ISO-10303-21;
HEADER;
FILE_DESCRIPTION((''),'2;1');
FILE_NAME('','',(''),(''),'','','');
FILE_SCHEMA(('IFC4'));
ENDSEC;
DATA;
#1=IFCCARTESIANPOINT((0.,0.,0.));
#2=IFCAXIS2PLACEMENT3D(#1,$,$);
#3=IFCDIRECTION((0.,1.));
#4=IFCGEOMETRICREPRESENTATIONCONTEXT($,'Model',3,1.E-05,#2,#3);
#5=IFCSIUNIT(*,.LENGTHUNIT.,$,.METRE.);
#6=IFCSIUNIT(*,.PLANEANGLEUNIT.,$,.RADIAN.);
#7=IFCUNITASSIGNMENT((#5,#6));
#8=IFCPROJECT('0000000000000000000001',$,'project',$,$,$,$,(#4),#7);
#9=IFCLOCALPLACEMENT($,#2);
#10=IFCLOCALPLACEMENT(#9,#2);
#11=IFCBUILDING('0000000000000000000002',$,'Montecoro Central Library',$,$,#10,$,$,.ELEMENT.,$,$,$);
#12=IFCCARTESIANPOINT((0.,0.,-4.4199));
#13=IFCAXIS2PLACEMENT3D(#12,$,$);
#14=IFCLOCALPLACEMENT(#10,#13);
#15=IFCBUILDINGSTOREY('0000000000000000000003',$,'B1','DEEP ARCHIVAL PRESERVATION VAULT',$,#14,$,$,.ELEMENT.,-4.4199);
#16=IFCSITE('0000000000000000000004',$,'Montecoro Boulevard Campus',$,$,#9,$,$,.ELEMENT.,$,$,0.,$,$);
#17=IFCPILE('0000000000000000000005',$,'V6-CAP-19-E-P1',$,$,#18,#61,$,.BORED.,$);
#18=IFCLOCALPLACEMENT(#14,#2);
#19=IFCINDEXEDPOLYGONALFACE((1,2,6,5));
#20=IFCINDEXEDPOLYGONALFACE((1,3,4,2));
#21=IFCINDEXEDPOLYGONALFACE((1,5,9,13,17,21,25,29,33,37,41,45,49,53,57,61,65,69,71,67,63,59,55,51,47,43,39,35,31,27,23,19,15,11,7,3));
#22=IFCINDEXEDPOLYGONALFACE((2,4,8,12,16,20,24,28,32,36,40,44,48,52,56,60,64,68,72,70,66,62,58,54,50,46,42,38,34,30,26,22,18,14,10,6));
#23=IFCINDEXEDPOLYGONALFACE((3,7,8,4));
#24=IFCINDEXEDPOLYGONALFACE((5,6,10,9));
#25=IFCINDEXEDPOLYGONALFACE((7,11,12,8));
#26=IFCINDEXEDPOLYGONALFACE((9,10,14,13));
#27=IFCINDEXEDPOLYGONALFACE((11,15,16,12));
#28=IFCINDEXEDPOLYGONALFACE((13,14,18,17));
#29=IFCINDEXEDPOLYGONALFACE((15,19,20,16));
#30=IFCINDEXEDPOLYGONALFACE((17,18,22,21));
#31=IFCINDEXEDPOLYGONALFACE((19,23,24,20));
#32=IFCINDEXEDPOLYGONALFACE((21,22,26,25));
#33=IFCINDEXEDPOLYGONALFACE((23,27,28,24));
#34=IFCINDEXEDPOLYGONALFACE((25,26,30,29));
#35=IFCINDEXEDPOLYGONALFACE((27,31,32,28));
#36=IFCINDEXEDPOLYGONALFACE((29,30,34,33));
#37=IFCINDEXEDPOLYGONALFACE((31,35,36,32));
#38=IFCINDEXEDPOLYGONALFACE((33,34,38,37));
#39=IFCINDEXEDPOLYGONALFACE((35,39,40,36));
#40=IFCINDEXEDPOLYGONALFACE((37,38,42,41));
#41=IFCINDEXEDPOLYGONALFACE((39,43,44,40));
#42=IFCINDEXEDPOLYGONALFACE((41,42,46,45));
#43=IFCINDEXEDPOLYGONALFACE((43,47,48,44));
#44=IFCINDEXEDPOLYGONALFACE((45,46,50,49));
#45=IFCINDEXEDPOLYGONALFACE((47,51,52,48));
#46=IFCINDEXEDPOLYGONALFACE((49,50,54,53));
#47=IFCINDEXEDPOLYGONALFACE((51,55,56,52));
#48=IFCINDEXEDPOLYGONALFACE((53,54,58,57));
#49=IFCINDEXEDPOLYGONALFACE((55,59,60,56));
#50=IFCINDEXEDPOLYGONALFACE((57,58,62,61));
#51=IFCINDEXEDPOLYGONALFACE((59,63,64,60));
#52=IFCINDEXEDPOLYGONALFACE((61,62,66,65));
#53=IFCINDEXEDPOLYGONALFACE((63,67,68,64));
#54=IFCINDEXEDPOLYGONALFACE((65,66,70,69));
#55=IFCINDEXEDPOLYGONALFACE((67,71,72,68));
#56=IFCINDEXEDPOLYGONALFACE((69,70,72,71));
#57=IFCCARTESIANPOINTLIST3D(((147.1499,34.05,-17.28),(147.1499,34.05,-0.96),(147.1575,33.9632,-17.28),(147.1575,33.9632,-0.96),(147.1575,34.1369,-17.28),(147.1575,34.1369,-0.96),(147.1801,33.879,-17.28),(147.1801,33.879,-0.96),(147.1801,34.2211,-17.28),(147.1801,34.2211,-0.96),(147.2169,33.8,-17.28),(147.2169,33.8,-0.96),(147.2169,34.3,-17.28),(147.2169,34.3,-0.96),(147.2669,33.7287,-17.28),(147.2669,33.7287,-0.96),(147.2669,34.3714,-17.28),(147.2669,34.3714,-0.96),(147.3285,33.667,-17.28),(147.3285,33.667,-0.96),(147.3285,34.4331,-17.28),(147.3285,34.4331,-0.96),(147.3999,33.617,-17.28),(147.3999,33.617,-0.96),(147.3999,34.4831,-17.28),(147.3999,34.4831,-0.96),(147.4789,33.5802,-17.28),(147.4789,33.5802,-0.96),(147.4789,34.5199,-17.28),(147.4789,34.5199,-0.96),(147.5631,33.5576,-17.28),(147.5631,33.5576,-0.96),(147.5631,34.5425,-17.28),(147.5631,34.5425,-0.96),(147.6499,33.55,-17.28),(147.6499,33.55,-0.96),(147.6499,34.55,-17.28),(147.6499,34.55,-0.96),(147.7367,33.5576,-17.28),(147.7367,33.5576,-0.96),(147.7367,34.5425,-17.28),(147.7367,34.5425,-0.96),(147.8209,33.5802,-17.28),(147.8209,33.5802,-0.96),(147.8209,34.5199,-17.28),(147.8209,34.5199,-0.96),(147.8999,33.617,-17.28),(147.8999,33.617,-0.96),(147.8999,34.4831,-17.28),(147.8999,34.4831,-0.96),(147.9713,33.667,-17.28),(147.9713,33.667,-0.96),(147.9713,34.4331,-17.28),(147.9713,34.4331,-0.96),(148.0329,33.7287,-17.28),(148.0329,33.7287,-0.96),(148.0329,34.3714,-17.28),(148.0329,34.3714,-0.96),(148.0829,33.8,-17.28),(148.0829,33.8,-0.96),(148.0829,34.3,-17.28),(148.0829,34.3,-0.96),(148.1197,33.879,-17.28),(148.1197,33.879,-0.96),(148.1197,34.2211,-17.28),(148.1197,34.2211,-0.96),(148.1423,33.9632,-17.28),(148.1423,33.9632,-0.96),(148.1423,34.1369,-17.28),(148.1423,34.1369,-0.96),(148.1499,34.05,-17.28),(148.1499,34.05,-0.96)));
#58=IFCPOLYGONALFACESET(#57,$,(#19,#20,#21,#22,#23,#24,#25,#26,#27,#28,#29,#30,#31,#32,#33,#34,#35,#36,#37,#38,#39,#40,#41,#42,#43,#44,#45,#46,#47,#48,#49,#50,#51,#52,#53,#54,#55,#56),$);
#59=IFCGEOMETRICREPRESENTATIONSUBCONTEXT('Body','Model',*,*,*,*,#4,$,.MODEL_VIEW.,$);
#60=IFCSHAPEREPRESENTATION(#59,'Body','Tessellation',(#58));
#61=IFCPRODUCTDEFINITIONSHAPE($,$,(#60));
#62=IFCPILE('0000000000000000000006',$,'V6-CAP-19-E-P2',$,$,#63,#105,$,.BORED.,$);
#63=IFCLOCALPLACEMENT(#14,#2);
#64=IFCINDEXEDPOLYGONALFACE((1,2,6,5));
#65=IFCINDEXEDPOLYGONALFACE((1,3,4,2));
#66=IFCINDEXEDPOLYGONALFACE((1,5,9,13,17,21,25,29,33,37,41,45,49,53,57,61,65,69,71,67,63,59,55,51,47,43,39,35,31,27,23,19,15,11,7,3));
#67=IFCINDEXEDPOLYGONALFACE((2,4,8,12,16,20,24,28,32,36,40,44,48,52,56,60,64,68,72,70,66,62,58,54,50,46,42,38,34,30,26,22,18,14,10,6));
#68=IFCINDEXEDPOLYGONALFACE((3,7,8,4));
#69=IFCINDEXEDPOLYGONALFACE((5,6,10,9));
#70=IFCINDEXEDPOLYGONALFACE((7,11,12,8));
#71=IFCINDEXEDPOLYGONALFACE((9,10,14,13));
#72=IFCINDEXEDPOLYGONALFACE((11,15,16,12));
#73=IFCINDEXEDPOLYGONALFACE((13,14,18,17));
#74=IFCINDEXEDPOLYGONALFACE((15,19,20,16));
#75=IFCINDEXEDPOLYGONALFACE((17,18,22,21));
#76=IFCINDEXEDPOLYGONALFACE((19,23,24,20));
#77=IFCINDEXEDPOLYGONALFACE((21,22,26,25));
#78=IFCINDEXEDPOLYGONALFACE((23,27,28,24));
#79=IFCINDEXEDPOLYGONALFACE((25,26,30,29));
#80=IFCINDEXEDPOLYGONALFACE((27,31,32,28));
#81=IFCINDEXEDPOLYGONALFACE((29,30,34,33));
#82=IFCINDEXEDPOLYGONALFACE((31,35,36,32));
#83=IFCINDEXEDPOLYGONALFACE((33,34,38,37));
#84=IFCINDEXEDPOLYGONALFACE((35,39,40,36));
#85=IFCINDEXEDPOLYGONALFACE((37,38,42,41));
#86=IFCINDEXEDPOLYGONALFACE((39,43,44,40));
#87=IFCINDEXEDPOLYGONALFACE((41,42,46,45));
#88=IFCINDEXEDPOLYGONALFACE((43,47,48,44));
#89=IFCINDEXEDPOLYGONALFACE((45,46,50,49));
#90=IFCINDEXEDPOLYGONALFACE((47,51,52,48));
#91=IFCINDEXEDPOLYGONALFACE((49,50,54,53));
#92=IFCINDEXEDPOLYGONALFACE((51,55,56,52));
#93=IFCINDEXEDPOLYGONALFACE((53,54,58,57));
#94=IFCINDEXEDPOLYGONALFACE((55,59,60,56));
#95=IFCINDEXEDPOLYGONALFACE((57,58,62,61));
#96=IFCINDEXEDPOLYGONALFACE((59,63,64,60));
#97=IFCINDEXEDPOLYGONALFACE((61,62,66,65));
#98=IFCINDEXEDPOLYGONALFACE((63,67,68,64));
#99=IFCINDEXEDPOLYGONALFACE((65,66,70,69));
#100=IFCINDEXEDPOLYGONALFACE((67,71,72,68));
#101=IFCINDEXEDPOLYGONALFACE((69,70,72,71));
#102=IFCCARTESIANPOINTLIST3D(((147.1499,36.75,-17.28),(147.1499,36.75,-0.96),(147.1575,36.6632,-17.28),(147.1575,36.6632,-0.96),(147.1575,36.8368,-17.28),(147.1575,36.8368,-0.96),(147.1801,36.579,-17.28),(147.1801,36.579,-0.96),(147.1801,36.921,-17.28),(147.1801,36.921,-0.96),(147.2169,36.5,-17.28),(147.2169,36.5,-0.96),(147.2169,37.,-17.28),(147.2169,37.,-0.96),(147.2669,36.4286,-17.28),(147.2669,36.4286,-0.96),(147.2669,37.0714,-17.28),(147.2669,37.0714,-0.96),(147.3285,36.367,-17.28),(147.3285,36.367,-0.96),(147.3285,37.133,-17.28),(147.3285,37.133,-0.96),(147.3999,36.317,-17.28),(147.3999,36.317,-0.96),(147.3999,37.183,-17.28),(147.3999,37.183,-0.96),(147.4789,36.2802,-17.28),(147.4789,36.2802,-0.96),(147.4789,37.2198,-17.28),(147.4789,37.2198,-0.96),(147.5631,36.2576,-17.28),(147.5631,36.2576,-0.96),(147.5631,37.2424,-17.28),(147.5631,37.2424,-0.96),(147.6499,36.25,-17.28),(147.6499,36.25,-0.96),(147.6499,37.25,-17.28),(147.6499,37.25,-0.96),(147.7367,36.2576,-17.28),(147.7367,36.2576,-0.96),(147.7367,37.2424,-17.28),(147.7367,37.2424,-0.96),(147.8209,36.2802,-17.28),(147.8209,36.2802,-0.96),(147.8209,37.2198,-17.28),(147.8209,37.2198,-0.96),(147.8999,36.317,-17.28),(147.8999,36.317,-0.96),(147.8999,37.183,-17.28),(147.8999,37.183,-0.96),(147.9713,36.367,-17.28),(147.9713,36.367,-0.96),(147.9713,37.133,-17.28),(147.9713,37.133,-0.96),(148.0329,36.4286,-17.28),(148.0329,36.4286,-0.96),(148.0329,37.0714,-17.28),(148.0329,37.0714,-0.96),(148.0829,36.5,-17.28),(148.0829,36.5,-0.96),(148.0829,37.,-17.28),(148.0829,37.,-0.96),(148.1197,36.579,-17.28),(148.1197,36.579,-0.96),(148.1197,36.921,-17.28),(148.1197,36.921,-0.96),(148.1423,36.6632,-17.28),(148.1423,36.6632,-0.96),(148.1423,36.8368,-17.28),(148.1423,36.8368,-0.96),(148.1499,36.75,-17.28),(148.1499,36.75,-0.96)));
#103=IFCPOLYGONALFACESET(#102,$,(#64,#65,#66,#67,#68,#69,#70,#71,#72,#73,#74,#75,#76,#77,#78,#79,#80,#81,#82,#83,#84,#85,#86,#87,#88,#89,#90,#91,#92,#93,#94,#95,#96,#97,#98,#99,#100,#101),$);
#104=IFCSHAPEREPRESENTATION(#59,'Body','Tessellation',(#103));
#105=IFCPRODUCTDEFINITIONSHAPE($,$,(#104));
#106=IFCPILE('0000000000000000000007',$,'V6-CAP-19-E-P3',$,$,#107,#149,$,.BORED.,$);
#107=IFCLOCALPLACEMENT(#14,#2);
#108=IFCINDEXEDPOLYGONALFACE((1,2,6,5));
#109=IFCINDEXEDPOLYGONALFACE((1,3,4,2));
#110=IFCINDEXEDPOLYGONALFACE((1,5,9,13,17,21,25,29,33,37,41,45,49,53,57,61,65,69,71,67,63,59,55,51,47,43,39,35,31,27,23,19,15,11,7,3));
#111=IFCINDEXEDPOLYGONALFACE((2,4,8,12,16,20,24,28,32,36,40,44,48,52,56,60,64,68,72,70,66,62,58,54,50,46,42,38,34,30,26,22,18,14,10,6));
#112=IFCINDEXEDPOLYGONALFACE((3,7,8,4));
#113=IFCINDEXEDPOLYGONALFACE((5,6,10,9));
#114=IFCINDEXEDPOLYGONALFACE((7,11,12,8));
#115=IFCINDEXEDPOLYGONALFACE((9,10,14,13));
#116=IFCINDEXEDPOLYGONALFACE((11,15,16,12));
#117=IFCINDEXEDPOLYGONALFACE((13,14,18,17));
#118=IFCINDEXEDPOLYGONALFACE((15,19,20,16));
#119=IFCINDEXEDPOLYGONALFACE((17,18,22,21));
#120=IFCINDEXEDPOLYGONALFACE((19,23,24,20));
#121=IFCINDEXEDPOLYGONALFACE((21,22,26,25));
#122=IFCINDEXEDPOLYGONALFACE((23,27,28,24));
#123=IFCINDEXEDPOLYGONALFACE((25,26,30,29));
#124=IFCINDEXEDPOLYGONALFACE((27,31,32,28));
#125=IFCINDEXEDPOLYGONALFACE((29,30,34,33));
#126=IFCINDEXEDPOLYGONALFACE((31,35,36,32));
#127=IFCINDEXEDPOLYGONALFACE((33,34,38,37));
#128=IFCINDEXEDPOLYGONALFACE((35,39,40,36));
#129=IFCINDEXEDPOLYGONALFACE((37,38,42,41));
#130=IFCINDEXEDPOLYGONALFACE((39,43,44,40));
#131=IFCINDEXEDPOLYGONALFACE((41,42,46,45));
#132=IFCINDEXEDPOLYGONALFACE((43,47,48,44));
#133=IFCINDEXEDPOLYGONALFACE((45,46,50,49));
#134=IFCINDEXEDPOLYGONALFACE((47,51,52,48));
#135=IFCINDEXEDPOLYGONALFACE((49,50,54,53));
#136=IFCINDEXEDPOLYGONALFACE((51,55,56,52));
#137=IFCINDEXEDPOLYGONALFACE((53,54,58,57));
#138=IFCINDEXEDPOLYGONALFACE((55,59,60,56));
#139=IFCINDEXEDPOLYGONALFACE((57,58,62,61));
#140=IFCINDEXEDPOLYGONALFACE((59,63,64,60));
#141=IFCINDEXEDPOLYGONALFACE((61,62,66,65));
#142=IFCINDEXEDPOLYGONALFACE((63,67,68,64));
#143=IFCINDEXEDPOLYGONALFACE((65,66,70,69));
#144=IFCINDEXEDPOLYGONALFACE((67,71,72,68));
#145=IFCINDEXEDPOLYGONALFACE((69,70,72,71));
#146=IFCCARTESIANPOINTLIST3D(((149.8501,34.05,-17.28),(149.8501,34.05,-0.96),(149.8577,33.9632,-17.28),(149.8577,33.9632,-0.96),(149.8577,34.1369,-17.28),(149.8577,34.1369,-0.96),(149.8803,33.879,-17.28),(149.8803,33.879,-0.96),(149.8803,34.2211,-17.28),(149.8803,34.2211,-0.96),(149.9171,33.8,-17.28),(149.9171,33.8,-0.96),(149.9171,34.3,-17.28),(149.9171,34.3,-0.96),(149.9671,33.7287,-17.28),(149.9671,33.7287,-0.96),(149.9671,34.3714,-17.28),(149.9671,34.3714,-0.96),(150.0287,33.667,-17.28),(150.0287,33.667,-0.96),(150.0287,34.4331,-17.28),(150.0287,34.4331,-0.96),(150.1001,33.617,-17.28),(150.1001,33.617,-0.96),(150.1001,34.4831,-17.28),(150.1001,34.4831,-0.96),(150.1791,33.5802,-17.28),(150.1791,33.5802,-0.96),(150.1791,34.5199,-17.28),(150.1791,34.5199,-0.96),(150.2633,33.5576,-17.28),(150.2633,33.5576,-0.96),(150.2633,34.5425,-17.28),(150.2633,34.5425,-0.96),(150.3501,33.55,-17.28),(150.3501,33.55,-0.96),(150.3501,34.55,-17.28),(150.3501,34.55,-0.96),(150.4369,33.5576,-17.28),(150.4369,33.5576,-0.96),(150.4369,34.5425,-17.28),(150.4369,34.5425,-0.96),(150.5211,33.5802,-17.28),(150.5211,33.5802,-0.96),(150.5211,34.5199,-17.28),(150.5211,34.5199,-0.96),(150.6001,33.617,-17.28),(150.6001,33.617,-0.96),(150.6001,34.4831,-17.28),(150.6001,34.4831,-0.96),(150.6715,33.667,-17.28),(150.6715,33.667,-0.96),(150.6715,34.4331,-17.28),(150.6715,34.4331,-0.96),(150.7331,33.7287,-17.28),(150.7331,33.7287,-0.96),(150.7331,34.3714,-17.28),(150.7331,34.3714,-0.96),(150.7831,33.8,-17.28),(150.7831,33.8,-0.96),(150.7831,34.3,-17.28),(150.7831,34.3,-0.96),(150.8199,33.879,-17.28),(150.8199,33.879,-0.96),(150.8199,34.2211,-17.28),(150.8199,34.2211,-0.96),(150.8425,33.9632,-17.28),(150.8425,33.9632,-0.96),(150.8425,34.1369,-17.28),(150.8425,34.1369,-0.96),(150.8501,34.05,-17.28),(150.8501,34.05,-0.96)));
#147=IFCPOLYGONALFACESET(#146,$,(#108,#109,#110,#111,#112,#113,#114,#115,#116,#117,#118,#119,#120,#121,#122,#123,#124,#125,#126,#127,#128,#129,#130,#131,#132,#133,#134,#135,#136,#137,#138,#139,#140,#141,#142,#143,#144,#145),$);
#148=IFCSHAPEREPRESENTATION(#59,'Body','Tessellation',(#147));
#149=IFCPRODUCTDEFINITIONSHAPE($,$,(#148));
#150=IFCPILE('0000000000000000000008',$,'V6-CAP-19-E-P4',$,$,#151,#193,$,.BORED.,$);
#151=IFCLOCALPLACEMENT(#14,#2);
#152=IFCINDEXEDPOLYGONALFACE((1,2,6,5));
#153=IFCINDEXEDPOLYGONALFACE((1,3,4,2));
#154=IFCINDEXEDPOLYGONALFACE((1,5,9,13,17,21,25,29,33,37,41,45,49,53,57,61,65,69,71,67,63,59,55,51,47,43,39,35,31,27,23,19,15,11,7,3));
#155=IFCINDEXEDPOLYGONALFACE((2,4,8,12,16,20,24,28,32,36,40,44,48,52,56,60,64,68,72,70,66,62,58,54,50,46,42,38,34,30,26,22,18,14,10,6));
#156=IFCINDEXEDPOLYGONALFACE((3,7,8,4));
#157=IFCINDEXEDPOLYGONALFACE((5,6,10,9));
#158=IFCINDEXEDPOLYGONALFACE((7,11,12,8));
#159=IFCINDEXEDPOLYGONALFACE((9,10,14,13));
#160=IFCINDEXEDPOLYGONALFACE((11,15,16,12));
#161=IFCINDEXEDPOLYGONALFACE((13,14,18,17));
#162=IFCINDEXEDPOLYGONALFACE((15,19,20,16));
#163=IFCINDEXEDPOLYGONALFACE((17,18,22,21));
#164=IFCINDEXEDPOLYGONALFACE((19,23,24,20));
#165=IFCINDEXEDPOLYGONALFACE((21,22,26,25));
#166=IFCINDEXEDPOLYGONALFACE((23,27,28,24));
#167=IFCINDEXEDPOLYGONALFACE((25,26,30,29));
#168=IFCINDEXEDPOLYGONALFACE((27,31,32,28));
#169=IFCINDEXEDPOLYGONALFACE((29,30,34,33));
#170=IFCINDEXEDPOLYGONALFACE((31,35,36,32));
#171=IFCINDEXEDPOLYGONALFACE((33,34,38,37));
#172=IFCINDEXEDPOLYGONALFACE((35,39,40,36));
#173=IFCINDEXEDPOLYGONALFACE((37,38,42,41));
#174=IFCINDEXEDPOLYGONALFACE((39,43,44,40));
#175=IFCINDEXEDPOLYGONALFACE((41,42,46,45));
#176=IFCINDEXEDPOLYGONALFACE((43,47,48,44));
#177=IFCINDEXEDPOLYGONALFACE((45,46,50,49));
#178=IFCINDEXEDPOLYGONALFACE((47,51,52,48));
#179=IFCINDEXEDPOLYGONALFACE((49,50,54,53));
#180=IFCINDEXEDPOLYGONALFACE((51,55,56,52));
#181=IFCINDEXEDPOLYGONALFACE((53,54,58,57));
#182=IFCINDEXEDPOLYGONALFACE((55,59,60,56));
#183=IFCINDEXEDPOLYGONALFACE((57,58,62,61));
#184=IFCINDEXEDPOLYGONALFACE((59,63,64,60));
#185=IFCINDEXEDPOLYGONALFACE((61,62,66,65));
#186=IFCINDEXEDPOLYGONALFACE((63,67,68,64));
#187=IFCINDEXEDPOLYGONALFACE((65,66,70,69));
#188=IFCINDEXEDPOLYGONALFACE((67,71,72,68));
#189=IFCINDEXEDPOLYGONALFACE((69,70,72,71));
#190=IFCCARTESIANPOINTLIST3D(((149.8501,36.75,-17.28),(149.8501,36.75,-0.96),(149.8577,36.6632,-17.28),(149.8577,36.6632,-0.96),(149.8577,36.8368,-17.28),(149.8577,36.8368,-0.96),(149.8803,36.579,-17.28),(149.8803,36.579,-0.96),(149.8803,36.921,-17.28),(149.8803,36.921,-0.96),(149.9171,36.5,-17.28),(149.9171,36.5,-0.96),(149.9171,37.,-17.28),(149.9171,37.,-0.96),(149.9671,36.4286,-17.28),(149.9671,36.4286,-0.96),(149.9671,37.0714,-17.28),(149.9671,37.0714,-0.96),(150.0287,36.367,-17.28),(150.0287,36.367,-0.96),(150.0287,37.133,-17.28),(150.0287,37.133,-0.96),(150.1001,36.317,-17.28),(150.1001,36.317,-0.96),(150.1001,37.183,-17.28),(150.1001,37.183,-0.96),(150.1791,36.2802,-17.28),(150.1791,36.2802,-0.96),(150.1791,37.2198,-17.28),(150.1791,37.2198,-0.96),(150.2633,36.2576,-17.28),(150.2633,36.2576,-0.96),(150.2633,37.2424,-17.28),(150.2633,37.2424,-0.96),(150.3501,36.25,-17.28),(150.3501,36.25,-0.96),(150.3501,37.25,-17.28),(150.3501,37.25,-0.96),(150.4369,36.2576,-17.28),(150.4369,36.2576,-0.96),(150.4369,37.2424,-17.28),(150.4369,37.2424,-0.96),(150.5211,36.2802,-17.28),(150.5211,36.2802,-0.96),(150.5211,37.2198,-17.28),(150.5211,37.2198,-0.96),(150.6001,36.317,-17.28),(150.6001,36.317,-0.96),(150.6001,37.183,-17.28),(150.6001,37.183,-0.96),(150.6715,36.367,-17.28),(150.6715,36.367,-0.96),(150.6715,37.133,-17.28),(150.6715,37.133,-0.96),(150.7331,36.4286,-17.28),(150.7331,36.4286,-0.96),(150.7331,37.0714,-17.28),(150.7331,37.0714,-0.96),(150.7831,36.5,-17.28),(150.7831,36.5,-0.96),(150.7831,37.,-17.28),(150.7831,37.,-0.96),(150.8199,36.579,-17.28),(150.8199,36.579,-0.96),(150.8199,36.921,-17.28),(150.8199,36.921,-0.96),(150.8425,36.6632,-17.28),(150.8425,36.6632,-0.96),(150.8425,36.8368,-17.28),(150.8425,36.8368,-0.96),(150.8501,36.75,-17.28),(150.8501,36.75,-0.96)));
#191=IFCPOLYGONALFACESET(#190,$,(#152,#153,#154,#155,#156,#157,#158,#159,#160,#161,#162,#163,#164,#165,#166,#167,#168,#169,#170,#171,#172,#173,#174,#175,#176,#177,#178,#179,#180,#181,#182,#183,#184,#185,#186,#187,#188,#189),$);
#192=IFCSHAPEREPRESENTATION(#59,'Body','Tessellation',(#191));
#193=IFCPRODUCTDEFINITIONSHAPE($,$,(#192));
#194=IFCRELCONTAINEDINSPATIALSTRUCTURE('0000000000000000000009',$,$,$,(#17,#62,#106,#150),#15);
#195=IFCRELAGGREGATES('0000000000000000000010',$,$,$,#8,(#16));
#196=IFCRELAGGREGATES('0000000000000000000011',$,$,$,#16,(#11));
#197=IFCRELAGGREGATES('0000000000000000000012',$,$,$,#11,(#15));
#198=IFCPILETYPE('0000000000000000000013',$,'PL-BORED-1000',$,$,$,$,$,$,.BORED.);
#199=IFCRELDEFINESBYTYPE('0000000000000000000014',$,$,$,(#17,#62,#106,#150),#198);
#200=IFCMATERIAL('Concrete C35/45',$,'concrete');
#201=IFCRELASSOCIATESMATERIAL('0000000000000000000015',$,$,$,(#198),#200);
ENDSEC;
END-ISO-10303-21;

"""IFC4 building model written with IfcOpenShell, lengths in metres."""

from ifc_helpers import new_model, si_unit, direction, frame, origin, origin_2d, place, context, subcontext, project, spatial, circle, extrude, material, material_profile, profile_set, type_object, element, save


model = new_model("IFC4")

# Units and contexts
model_context = context("Model", 3, precision=1e-05, world=origin(), true_north=direction((0.0, 1.0)))
body_context = subcontext(model_context, "Body", "Model", "MODEL_VIEW")
ifc_project = project(units=[si_unit("LENGTHUNIT", "METRE"), si_unit("PLANEANGLEUNIT", "RADIAN")], contexts=[model_context])

# Site, building, storey
site_placement = place(None, origin())
site = spatial("IfcSite", under=ifc_project, at=site_placement, Name="Montecoro Boulevard Campus", CompositionType="ELEMENT", RefElevation=0.0)
building_placement = place(site_placement, origin())
building = spatial("IfcBuilding", under=site, at=building_placement, Name="Montecoro Central Library", CompositionType="ELEMENT")
storey_placement = place(building_placement, frame((0.0, 0.0, -4.4199)))
storey = spatial("IfcBuildingStorey", under=building, at=storey_placement, Name="B1", Description="DEEP ARCHIVAL PRESERVATION VAULT", CompositionType="ELEMENT", Elevation=-4.4199)

# Shared definitions
ifc_material_1 = material(Name="Concrete C35/45", Category="concrete")

# Piles
ifc_material_profile_1 = material_profile(ifc_material_1, circle(Radius=0.5, at=origin_2d()), Name="PILE D1000")
ifc_profile_set_1 = profile_set([ifc_material_profile_1], Name="Concrete C35/45")
pile_type_1 = type_object("IfcPileType", Name="PL-BORED-1000", PredefinedType="BORED", material=ifc_profile_set_1)
for number, where, z_axis, x_axis, name in (
    (1, (147.6499, 34.05, -0.96), (0.0, 0.0, -1.0), (1.0, 0.0, 0.0), "V6-CAP-19-E-P1"),
    (2, (147.6499, 36.75, -0.96), (0.0, 0.0, -1.0), (1.0, 0.0, 0.0), "V6-CAP-19-E-P2"),
    (3, (150.3501, 34.05, -0.96), (0.0, 0.0, -1.0), (1.0, 0.0, 0.0), "V6-CAP-19-E-P3"),
    (4, (150.3501, 36.75, -0.96), (0.0, 0.0, -1.0), (1.0, 0.0, 0.0), "V6-CAP-19-E-P4"),
):
    element("IfcPile", number, at=place(storey_placement, frame(where, z_axis=z_axis, x_axis=x_axis)), inside=storey, type_object=pile_type_1, Name=name, PredefinedType="BORED", context=body_context, shape_type="SweptSolid", body=[
        extrude(circle(Radius=0.5, at=origin_2d()), origin(), (0.0, 0.0, 1.0), 16.3201),
    ])

save(model, "model.ifc")
